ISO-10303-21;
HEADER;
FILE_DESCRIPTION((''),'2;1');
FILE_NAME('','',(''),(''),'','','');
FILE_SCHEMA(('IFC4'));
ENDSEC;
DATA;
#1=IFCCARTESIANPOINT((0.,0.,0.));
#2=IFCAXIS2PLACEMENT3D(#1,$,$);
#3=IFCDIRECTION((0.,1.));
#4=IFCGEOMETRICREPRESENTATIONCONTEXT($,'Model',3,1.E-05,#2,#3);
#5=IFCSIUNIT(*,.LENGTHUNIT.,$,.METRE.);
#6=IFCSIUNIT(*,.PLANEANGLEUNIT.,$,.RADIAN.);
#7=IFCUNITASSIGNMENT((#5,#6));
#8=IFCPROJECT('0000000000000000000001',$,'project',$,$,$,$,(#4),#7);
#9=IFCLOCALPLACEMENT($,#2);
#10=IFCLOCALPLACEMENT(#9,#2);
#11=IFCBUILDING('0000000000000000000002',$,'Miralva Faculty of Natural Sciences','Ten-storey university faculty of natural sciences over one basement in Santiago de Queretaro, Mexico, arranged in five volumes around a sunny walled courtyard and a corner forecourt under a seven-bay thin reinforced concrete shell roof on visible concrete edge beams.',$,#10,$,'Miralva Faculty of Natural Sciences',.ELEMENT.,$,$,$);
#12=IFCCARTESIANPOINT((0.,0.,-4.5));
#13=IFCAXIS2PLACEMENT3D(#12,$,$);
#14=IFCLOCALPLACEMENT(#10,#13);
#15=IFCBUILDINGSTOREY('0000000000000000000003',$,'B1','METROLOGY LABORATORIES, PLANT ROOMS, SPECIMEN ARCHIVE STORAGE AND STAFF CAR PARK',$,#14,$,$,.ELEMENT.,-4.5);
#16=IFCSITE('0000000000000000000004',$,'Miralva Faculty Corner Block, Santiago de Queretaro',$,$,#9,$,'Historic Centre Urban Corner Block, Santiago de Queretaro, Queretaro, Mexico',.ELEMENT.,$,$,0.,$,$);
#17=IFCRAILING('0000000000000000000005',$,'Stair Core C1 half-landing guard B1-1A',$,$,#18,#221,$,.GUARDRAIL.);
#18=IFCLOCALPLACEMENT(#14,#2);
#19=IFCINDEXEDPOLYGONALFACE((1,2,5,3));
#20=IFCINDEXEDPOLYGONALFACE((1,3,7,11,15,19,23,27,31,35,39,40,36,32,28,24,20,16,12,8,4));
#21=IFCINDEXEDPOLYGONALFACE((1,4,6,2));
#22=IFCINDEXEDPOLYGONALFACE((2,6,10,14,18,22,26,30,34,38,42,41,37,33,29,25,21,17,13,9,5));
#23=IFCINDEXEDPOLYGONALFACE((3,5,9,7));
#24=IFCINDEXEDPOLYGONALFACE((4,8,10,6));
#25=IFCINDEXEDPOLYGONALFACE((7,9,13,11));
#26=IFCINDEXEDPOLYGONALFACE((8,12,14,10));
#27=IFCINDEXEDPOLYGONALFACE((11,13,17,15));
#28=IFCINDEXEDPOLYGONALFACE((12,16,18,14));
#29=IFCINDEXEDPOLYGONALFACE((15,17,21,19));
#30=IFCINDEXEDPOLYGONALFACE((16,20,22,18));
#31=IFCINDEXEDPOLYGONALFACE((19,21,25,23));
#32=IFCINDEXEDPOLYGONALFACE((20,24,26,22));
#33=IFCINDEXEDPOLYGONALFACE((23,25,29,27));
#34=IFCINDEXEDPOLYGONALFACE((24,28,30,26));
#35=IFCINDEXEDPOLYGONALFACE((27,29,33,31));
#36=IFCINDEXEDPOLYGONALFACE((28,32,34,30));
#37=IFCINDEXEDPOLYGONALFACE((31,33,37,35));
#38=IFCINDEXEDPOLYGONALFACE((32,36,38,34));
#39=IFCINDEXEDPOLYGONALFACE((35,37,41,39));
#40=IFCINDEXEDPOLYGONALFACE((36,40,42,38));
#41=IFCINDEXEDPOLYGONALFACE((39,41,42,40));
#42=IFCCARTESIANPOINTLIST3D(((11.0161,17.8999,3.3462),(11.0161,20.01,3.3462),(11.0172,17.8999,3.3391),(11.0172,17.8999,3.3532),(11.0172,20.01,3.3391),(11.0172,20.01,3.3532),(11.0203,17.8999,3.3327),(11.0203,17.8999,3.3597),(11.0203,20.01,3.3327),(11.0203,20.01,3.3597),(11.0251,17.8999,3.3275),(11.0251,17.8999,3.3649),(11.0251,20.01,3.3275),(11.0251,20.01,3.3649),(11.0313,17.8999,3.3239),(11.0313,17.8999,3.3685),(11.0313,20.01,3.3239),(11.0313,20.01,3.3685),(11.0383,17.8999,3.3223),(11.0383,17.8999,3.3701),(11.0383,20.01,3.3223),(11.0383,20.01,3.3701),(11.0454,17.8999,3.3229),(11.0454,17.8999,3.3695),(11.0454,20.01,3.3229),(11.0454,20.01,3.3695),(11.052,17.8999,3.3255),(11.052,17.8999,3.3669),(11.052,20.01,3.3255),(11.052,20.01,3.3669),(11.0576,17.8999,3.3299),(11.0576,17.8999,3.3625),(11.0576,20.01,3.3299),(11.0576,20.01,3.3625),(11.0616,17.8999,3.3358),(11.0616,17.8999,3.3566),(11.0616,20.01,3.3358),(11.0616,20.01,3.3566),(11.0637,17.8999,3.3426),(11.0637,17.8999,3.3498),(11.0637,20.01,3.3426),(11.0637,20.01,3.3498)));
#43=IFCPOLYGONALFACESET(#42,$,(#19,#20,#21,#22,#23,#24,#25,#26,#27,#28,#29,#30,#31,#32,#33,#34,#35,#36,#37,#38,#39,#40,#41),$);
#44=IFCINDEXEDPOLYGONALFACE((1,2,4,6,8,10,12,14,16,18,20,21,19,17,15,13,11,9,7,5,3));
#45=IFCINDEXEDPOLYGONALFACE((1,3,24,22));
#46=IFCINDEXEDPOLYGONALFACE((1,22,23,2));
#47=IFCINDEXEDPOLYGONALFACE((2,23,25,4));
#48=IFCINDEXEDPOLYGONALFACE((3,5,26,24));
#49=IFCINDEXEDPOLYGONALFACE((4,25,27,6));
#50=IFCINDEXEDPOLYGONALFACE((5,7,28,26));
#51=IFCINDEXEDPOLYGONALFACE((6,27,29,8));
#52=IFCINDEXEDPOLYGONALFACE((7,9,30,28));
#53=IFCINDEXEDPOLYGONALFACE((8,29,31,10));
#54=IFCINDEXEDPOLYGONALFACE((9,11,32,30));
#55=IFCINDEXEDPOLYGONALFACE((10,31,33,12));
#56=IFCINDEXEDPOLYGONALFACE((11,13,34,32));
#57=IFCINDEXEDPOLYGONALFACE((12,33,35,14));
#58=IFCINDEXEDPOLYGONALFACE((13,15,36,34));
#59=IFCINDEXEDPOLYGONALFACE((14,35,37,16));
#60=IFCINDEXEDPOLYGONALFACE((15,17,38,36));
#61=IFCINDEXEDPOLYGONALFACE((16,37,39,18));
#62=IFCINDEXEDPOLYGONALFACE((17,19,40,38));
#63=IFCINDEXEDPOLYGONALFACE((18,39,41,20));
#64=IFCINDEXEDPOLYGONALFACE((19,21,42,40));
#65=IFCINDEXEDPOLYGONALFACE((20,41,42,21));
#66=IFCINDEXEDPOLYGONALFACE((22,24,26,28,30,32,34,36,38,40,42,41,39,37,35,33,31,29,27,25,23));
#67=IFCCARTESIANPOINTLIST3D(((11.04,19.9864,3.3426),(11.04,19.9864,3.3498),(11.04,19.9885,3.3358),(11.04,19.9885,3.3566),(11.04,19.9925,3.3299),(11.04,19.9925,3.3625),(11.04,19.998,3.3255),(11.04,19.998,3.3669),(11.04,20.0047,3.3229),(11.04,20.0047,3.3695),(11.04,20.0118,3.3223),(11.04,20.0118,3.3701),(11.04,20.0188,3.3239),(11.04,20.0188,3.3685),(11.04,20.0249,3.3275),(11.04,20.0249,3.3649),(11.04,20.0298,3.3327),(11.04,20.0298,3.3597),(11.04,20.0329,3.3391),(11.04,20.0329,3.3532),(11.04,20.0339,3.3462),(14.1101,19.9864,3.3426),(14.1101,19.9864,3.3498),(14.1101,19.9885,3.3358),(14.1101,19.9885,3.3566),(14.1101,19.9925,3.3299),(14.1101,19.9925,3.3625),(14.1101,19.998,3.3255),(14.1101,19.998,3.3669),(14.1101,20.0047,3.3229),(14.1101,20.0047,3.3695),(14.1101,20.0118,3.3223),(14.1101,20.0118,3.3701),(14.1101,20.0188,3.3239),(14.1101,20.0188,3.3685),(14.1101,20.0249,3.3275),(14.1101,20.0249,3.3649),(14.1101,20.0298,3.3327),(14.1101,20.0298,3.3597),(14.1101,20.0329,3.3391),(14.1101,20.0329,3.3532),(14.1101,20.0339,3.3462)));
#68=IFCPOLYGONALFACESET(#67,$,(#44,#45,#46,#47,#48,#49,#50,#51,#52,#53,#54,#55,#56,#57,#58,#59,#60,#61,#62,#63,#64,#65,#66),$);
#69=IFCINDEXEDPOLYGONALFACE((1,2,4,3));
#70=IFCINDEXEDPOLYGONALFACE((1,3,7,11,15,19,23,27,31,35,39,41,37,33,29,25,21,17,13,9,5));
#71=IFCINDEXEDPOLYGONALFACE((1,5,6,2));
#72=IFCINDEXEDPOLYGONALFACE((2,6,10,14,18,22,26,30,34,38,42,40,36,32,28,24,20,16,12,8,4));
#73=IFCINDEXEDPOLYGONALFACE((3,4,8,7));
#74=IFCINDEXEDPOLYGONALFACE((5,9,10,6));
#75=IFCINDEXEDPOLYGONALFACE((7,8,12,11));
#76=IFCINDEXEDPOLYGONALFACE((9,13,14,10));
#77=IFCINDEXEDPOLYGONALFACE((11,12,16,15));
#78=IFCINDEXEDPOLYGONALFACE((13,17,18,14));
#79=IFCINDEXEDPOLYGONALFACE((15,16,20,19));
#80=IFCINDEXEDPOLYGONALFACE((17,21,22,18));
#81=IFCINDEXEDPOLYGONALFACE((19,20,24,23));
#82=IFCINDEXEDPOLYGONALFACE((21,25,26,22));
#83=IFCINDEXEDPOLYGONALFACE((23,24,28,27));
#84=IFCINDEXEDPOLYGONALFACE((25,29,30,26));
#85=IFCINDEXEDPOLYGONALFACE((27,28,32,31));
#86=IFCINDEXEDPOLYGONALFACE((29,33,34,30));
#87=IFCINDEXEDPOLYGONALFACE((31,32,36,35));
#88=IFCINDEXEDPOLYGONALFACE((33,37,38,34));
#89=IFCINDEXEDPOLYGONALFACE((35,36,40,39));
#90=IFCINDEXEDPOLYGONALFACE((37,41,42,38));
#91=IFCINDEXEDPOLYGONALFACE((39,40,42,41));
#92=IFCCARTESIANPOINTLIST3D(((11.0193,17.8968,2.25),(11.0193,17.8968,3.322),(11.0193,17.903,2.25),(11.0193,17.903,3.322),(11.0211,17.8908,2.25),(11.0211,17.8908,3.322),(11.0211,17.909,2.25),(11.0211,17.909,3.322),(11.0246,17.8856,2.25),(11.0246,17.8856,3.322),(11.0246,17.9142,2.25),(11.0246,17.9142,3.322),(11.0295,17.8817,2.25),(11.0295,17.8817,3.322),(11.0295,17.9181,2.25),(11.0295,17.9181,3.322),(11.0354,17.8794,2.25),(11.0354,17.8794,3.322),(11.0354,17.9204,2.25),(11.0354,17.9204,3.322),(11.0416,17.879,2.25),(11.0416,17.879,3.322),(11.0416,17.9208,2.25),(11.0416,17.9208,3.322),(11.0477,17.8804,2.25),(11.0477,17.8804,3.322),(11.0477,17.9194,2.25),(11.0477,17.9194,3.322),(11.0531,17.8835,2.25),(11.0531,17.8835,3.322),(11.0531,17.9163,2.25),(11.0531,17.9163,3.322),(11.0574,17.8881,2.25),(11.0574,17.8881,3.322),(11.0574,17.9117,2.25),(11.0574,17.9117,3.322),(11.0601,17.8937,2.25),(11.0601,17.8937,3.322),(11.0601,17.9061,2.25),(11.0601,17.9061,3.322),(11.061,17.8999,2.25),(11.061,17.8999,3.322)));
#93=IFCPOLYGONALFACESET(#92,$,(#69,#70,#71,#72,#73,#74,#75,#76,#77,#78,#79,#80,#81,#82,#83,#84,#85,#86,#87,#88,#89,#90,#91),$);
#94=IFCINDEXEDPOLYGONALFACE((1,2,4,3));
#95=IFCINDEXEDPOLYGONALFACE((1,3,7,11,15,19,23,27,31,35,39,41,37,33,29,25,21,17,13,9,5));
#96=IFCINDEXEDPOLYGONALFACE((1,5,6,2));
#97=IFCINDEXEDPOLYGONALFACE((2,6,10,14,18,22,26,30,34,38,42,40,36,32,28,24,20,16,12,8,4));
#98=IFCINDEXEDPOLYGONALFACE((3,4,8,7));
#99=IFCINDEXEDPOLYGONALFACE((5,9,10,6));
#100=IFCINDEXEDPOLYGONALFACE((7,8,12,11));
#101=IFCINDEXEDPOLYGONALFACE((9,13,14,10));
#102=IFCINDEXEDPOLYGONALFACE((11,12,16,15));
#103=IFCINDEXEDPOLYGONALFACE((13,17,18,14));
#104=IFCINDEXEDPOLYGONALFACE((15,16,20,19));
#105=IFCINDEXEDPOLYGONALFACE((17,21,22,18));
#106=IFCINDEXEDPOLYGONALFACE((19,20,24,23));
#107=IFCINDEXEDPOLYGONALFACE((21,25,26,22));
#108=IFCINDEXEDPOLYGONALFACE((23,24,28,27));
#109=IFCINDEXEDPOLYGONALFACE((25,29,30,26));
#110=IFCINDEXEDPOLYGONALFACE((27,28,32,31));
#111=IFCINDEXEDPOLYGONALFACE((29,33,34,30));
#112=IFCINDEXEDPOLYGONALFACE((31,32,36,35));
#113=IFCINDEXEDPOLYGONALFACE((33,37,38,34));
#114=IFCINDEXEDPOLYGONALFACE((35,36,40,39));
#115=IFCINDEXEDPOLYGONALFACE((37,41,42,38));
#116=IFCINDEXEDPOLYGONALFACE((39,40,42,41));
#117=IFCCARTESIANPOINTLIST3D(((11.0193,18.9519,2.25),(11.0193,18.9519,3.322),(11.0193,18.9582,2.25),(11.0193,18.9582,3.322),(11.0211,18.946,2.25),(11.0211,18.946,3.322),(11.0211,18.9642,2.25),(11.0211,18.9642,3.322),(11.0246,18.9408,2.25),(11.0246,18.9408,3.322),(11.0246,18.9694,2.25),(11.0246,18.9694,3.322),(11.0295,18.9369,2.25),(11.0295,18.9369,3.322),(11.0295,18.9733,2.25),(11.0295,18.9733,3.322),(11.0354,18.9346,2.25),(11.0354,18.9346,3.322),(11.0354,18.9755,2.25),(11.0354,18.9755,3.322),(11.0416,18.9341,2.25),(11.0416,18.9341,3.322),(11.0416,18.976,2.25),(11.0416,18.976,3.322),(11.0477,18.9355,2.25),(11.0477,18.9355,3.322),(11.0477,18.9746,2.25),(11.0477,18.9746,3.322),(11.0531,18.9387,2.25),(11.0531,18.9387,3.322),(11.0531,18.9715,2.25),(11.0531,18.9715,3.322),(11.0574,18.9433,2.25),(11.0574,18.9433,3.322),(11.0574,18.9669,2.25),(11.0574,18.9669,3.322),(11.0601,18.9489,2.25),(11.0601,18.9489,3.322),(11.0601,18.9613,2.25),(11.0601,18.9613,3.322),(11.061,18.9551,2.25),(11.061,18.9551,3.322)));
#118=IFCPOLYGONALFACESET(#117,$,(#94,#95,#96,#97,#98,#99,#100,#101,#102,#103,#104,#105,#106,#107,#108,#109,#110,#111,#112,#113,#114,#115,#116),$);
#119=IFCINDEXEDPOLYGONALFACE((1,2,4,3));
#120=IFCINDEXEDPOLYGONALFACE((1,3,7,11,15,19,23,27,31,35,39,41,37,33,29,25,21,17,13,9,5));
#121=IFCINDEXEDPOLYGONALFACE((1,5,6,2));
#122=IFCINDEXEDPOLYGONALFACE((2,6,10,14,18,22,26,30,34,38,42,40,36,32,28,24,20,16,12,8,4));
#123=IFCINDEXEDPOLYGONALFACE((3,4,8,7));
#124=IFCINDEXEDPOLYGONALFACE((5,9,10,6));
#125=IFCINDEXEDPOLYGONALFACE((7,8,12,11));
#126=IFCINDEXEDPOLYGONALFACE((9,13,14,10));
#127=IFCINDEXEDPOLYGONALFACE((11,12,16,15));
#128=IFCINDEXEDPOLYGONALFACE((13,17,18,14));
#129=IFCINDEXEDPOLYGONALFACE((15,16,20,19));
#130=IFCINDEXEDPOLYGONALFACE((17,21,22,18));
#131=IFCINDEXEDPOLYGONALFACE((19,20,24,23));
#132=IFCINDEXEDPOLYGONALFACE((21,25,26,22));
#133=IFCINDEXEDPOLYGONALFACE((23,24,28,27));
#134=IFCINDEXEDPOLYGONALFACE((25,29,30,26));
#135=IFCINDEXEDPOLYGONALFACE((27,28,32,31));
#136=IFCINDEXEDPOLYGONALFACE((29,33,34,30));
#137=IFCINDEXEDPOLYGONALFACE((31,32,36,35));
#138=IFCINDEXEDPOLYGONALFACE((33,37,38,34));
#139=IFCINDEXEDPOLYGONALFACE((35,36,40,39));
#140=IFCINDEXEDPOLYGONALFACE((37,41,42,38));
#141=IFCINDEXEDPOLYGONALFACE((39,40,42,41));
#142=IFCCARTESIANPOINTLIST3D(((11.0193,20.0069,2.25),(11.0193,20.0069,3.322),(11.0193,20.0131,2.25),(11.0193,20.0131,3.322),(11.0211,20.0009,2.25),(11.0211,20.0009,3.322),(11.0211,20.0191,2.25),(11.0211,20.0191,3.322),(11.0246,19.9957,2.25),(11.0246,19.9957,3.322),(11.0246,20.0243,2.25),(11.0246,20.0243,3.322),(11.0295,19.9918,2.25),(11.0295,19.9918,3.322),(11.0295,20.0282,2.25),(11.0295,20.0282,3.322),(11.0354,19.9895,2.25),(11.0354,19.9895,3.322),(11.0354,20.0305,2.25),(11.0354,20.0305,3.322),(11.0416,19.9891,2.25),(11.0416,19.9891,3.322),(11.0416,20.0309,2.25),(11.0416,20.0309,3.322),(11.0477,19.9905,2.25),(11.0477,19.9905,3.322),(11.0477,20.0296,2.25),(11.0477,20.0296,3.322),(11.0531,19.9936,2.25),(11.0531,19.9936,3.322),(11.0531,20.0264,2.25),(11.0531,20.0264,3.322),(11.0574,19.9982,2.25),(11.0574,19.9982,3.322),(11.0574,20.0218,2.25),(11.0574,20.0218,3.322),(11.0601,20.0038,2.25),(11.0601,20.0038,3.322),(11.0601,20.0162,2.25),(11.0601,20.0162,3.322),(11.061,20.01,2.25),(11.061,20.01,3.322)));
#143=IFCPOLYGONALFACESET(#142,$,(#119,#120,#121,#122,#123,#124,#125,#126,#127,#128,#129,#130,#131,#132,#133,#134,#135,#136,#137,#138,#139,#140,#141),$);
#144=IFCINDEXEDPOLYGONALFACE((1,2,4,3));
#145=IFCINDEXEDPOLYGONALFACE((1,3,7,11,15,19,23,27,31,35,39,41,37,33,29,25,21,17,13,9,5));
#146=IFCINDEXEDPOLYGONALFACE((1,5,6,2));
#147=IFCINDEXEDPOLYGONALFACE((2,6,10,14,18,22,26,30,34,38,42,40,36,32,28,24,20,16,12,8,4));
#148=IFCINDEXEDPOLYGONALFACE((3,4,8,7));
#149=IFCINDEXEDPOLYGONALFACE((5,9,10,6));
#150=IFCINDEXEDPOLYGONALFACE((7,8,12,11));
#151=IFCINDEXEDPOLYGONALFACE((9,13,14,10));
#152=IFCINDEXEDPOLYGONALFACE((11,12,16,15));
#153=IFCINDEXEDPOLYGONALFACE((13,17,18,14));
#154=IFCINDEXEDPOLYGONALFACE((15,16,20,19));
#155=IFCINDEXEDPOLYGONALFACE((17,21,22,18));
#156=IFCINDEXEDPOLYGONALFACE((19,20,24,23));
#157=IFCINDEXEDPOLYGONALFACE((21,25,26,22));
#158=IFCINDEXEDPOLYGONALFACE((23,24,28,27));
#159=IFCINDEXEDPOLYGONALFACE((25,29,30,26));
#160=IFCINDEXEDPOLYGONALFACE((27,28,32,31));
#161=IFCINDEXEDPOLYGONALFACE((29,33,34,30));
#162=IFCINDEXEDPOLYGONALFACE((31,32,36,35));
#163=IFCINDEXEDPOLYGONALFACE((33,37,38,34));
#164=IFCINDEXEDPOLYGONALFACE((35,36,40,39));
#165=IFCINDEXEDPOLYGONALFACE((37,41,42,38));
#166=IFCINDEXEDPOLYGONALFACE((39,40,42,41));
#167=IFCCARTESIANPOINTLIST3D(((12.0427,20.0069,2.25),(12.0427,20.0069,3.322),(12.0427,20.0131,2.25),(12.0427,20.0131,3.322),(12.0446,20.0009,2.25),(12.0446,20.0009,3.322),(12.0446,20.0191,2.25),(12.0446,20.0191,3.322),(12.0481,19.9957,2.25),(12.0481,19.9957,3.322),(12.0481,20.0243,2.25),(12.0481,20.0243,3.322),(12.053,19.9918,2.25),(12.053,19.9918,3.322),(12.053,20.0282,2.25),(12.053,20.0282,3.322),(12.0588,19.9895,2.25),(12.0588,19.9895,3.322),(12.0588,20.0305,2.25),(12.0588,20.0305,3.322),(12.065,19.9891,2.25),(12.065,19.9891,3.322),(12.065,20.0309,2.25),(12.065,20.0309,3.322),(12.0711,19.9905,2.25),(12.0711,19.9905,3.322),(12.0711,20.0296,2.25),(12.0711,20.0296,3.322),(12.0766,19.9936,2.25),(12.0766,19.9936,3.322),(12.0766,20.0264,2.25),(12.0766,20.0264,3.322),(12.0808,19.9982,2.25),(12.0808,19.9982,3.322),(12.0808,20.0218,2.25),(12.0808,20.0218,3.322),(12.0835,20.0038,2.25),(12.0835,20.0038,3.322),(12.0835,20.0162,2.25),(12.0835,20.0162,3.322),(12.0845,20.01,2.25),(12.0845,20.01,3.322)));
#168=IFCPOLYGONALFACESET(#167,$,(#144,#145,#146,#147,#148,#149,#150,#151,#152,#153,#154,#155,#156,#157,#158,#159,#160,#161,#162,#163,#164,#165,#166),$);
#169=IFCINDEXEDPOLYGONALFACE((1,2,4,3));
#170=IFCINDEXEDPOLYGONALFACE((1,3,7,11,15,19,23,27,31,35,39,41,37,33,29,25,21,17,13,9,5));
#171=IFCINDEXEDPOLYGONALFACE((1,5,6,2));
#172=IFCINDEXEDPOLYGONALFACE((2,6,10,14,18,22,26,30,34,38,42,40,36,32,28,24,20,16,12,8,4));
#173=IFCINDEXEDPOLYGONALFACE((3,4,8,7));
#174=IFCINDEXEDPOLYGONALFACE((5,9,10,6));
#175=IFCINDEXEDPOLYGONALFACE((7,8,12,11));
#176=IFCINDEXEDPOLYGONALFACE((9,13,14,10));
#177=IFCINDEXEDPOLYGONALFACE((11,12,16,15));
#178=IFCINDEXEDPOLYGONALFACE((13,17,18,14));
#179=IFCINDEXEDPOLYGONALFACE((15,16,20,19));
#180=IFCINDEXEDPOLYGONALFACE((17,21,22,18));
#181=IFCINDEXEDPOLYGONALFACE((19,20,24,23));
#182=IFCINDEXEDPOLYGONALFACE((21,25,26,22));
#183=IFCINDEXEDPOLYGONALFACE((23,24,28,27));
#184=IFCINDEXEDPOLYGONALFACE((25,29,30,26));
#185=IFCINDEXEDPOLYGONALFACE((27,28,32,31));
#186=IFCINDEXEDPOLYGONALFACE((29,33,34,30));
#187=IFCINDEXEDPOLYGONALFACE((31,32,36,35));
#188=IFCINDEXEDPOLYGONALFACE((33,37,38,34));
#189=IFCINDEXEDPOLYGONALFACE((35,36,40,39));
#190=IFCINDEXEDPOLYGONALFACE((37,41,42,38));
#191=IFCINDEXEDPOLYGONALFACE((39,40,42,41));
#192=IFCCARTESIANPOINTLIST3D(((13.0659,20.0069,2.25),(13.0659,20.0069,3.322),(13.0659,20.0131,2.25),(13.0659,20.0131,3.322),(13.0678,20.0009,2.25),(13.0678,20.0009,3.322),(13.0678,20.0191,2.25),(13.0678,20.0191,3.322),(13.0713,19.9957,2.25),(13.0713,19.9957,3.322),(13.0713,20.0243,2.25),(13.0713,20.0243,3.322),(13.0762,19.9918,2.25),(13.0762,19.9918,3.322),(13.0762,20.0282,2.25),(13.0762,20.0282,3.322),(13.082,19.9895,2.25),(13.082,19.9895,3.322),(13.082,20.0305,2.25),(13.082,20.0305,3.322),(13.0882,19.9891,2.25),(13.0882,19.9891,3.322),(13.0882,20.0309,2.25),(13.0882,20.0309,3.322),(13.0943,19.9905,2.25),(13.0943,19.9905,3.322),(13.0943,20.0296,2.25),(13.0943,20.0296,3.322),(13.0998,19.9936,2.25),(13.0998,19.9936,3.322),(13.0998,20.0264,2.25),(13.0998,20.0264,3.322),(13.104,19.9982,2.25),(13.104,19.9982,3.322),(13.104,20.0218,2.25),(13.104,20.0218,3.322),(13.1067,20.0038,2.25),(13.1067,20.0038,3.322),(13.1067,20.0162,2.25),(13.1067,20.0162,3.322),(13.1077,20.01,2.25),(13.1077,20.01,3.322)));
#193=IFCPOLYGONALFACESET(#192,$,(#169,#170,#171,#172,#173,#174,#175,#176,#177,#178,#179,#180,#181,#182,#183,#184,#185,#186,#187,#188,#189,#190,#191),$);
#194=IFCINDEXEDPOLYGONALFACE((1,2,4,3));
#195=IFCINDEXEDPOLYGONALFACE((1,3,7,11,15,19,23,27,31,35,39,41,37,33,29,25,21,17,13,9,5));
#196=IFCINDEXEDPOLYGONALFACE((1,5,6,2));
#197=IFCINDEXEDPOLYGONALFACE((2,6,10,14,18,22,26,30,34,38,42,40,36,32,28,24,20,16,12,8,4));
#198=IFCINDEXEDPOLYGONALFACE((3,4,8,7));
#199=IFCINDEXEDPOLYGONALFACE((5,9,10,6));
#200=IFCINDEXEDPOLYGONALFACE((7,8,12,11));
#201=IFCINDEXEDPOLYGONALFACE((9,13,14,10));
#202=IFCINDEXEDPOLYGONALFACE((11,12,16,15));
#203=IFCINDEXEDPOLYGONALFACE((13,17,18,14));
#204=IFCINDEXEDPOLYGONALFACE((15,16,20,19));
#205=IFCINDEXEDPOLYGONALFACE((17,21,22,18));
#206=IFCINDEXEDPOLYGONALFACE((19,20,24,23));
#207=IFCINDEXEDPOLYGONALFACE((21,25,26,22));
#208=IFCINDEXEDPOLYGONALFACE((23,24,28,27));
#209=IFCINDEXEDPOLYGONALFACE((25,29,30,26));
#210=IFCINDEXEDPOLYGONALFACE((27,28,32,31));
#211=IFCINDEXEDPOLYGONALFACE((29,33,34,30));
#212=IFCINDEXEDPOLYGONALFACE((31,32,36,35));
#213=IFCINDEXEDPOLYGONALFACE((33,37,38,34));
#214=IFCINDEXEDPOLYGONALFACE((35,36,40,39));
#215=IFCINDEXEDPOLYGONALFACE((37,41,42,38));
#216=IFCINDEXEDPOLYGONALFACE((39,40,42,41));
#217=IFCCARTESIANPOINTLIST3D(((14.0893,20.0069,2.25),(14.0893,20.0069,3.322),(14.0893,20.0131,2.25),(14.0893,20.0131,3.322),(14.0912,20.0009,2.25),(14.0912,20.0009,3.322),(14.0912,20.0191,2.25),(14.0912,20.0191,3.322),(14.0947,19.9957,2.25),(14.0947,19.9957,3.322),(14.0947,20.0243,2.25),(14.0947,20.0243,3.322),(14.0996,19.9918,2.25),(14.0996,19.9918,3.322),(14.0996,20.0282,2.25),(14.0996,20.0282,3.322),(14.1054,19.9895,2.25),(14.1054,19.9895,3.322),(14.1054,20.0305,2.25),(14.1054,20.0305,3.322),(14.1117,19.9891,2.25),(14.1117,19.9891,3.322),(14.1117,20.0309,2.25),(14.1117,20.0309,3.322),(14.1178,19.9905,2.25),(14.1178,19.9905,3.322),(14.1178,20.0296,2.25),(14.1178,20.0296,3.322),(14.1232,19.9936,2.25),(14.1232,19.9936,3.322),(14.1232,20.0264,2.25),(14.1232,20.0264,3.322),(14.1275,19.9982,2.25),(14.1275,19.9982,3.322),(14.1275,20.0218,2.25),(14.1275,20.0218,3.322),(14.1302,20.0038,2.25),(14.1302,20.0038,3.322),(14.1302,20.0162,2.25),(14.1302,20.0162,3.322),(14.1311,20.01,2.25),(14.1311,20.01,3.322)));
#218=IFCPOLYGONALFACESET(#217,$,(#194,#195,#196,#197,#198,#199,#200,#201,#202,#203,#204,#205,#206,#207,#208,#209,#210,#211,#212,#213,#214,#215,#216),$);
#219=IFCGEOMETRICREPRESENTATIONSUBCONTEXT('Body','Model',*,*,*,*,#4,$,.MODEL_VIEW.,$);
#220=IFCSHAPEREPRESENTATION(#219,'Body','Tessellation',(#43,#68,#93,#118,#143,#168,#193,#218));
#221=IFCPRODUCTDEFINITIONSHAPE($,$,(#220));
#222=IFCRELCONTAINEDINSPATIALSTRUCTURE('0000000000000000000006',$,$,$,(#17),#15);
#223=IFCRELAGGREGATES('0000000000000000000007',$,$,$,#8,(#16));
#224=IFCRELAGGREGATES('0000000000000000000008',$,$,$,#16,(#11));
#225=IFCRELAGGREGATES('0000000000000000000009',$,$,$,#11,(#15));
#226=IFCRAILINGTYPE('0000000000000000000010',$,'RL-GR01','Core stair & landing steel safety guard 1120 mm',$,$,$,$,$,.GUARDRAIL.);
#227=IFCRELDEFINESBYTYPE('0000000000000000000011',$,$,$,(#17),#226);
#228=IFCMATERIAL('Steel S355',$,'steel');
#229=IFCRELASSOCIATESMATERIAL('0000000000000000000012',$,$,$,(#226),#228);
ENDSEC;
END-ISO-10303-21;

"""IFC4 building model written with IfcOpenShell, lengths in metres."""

from ifc_helpers import new_model, si_unit, direction, frame, origin, origin_2d, place, context, subcontext, project, spatial, circle, extrude, material, type_object, element, save


model = new_model("IFC4")

# Units and contexts
model_context = context("Model", 3, precision=1e-05, world=origin(), true_north=direction((0.0, 1.0)))
body_context = subcontext(model_context, "Body", "Model", "MODEL_VIEW")
ifc_project = project(units=[si_unit("LENGTHUNIT", "METRE"), si_unit("PLANEANGLEUNIT", "RADIAN")], contexts=[model_context])

# Site, building, storey
site_placement = place(None, origin())
site = spatial("IfcSite", under=ifc_project, at=site_placement, Name="Miralva Faculty Corner Block, Santiago de Queretaro", LongName="Historic Centre Urban Corner Block, Santiago de Queretaro, Queretaro, Mexico", CompositionType="ELEMENT", RefElevation=0.0)
building_placement = place(site_placement, origin())
building = spatial("IfcBuilding", under=site, at=building_placement, Name="Miralva Faculty of Natural Sciences", Description="Ten-storey university faculty of natural sciences over one basement in Santiago de Queretaro, Mexico, arranged in five volumes around a sunny walled courtyard and a corner forecourt under a seven-bay thin reinforced concrete shell roof on visible concrete edge beams.", LongName="Miralva Faculty of Natural Sciences", CompositionType="ELEMENT")
storey_placement = place(building_placement, frame((0.0, 0.0, -4.5)))
storey = spatial("IfcBuildingStorey", under=building, at=storey_placement, Name="B1", Description="METROLOGY LABORATORIES, PLANT ROOMS, SPECIMEN ARCHIVE STORAGE AND STAFF CAR PARK", CompositionType="ELEMENT", Elevation=-4.5)

# Railing
ifc_material_1 = material(Name="Steel S355", Category="steel")
railing_type = type_object("IfcRailingType", Name="RL-GR01", Description="Core stair & landing steel safety guard 1120 mm", PredefinedType="GUARDRAIL", material=ifc_material_1)
railing_1_placement = place(storey_placement, frame((11.04, 17.8999, 2.25)))
element("IfcRailing", 1, at=railing_1_placement, inside=storey, type_object=railing_type, Name="Stair Core C1 half-landing guard B1-1A", PredefinedType="GUARDRAIL", context=body_context, shape_type="SweptSolid", body=[
    extrude(circle(Radius=0.0239, at=origin_2d()), frame((0.0, 0.0, 1.0962), z_axis=(0.0, 1.0, 0.0), x_axis=(-1.0, 0.0, 0.0)), (0.0, 0.0, 1.0), 2.1101),
    extrude(circle(Radius=0.0239, at=origin_2d()), frame((0.0, 2.1101, 1.0962), z_axis=(1.0, 0.0, 0.0), x_axis=(0.0, 1.0, 0.0)), (0.0, 0.0, 1.0), 3.0701),
    extrude(circle(Radius=0.021, at=origin_2d()), origin(), (0.0, 0.0, 1.0), 1.072),
    extrude(circle(Radius=0.021, at=origin_2d()), frame((0.0, 1.0552, 0.0)), (0.0, 0.0, 1.0), 1.072),
    extrude(circle(Radius=0.021, at=origin_2d()), frame((0.0, 2.1101, 0.0)), (0.0, 0.0, 1.0), 1.072),
    extrude(circle(Radius=0.021, at=origin_2d()), frame((1.0234, 2.1101, 0.0)), (0.0, 0.0, 1.0), 1.072),
    extrude(circle(Radius=0.021, at=origin_2d()), frame((2.0466, 2.1101, 0.0)), (0.0, 0.0, 1.0), 1.072),
    extrude(circle(Radius=0.021, at=origin_2d()), frame((3.0701, 2.1101, 0.0)), (0.0, 0.0, 1.0), 1.072),
])

save(model, "model.ifc")
